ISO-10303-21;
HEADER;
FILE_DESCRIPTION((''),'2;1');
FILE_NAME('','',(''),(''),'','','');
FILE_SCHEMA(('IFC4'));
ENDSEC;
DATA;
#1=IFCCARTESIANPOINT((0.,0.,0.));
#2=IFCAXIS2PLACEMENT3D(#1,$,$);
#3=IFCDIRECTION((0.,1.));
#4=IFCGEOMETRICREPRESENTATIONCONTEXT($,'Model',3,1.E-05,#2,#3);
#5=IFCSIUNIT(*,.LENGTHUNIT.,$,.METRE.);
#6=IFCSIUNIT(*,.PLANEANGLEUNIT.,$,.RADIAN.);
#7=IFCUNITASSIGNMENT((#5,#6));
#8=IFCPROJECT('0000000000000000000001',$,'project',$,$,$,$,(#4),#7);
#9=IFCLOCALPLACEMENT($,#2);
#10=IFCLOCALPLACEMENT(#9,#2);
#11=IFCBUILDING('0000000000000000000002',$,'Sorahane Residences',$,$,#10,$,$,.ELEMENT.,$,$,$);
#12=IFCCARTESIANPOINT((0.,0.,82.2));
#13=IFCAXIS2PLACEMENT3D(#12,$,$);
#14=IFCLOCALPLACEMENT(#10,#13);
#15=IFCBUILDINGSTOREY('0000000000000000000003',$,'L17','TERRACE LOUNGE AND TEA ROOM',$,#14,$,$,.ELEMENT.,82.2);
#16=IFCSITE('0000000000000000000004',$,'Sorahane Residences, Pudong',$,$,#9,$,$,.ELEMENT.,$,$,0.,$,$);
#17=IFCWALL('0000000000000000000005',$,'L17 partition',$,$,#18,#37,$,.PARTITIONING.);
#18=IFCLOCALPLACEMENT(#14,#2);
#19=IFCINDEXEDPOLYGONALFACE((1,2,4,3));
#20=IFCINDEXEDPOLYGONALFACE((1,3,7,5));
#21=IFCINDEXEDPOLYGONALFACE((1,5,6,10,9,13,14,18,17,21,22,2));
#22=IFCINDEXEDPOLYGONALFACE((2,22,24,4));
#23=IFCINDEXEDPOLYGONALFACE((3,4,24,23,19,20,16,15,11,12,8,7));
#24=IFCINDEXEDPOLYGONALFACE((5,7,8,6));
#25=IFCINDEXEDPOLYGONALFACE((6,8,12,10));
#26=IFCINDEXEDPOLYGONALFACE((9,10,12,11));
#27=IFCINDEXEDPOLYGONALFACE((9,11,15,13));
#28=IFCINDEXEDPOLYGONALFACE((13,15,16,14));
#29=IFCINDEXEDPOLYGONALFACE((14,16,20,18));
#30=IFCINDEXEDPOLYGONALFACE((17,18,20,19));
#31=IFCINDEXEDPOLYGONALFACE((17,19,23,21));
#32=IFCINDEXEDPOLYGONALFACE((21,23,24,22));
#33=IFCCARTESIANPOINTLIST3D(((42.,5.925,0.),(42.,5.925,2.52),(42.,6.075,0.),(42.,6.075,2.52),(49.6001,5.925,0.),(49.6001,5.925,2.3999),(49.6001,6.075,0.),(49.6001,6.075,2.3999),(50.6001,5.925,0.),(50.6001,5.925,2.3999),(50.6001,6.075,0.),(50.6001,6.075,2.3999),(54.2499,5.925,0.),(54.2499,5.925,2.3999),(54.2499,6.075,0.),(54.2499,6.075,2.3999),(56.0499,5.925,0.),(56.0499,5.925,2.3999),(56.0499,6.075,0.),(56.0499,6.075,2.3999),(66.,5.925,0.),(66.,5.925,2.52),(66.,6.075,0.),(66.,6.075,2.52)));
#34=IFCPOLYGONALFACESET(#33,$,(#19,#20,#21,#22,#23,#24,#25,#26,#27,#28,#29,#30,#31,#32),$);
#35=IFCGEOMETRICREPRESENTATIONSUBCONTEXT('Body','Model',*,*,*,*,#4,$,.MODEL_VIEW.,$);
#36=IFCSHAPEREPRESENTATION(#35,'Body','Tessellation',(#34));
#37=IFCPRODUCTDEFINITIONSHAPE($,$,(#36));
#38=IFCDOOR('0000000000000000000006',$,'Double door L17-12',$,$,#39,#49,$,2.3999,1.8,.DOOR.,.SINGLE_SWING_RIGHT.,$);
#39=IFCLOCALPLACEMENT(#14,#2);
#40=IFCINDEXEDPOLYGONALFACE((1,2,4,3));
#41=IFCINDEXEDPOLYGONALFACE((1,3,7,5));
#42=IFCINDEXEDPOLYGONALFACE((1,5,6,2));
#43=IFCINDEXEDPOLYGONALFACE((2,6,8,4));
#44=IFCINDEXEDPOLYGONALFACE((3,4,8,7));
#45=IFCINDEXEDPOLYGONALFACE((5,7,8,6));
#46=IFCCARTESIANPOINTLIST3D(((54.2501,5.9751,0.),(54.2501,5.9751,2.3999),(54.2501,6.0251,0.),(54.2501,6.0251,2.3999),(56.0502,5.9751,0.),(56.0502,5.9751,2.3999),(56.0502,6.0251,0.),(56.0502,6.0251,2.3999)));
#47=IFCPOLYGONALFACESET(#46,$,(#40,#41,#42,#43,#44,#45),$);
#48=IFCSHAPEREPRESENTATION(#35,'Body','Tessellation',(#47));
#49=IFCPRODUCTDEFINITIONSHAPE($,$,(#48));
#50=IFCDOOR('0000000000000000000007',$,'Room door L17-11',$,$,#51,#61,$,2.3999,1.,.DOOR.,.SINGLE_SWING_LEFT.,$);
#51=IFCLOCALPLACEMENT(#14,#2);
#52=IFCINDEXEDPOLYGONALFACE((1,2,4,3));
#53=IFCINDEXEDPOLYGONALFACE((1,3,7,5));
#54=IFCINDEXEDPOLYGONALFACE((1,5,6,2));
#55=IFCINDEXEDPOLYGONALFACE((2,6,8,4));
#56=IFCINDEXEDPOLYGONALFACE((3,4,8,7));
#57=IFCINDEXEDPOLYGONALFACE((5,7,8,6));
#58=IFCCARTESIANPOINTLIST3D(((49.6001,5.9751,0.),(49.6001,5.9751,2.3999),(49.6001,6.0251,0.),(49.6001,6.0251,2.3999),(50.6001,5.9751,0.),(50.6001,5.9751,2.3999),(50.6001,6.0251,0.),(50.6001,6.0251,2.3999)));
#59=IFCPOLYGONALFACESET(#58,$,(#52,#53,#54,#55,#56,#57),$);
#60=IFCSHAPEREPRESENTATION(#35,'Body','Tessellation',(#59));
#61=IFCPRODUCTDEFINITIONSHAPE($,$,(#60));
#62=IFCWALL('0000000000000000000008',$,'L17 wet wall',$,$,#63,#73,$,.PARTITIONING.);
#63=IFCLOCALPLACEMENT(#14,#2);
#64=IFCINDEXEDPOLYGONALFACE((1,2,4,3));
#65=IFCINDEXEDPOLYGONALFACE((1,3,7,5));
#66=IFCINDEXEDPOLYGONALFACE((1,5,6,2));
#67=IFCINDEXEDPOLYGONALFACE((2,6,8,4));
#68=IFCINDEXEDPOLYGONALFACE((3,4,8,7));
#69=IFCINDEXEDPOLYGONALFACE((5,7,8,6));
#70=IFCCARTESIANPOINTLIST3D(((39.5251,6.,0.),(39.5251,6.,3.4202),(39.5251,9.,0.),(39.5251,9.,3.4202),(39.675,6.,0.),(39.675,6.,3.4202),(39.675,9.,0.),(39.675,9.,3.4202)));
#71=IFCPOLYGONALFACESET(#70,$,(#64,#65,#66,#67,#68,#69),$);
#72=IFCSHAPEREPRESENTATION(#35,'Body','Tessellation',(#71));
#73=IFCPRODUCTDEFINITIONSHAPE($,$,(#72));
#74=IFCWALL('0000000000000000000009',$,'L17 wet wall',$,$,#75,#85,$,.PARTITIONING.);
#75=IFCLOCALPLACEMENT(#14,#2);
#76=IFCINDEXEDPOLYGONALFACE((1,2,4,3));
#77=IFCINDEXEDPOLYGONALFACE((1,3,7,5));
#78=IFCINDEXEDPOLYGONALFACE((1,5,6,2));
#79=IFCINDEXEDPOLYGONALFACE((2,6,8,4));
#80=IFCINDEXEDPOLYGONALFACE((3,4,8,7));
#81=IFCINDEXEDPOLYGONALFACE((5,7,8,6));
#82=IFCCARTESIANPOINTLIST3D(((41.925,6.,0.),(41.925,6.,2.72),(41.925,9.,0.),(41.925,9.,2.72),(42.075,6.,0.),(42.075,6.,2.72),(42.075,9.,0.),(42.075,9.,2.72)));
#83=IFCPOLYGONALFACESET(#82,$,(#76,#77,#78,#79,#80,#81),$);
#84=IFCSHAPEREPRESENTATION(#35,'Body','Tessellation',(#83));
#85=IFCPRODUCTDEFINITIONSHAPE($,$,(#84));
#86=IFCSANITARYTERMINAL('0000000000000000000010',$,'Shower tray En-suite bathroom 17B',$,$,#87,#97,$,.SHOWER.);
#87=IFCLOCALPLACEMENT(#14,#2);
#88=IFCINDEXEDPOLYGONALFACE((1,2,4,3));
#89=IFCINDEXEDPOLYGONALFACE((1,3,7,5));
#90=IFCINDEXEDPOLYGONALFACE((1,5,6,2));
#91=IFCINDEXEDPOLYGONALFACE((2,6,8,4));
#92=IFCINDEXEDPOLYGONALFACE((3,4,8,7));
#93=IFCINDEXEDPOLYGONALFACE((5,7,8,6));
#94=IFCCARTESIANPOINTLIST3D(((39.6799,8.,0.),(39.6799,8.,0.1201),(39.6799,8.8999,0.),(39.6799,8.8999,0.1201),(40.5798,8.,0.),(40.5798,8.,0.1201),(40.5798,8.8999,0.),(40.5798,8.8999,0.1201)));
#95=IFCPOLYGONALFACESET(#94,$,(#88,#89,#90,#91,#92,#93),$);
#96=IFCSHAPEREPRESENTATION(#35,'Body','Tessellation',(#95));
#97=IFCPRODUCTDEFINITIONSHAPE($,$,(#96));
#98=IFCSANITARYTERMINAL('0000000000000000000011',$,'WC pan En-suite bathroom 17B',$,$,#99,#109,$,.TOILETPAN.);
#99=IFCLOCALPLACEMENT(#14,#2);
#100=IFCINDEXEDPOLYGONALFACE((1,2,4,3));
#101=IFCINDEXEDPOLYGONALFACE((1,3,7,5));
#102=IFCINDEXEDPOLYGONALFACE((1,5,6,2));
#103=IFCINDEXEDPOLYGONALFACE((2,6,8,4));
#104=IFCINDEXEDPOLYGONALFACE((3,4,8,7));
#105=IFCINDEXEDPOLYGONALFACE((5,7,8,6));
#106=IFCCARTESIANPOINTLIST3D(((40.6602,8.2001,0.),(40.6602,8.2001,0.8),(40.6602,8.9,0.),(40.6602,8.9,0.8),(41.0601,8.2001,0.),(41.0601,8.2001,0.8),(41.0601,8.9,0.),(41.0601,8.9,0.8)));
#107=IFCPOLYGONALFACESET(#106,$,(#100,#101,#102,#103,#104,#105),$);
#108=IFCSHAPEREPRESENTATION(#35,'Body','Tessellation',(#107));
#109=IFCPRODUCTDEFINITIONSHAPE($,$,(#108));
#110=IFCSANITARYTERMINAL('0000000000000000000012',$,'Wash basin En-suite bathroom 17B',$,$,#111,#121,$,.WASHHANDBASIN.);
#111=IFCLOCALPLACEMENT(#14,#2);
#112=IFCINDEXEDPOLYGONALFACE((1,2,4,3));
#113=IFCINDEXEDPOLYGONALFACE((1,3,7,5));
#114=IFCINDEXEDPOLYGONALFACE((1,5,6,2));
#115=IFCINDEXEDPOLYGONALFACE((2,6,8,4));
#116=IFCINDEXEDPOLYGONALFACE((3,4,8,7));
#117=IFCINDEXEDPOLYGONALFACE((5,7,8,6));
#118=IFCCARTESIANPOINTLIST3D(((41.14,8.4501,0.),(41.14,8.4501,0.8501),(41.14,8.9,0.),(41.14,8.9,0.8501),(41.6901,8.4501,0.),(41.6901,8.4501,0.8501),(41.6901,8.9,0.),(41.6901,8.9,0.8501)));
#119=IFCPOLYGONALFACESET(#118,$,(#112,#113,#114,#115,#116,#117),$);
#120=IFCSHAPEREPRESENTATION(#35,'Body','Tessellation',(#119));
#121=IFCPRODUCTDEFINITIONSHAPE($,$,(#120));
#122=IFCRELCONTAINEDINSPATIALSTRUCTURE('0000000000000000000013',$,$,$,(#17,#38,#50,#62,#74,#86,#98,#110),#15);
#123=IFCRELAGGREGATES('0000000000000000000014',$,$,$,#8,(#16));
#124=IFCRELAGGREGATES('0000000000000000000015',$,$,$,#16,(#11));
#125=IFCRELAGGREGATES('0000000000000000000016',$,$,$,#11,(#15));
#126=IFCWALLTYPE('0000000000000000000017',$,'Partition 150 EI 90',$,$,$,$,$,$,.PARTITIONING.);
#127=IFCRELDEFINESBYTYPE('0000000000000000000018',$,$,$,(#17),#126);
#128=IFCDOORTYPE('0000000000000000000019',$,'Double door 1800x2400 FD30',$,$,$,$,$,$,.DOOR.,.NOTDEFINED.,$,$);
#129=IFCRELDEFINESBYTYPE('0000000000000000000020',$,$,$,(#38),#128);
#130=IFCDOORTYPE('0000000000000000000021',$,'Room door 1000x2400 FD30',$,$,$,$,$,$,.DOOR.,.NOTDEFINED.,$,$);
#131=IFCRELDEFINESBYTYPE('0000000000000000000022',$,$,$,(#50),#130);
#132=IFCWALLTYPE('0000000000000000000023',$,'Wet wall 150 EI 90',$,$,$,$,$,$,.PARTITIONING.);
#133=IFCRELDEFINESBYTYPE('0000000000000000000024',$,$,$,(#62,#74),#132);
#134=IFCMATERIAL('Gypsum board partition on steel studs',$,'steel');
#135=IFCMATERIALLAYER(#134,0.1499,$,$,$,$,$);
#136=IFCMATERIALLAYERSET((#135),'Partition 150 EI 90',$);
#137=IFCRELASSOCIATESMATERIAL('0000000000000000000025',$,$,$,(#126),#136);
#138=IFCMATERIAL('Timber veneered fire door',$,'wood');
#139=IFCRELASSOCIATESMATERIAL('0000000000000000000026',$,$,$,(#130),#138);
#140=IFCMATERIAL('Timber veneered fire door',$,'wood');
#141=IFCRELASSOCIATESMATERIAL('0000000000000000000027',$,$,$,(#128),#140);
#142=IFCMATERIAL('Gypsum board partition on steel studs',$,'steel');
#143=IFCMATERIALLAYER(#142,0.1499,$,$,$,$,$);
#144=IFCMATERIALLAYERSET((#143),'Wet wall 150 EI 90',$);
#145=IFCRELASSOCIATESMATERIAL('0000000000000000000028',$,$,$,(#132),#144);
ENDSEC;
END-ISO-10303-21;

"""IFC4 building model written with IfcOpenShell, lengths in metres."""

from ifc_helpers import new_model, si_unit, direction, frame, frame_2d, origin, origin_2d, place, context, subcontext, project, spatial, rectangle, extrude, material, layer, layer_set, type_object, element, fill, save


model = new_model("IFC4")

# Units and contexts
model_context = context("Model", 3, precision=1e-05, world=origin(), true_north=direction((0.0, 1.0)))
body_context = subcontext(model_context, "Body", "Model", "MODEL_VIEW")
ifc_project = project(units=[si_unit("LENGTHUNIT", "METRE"), si_unit("PLANEANGLEUNIT", "RADIAN")], contexts=[model_context])

# Site, building, storey
site_placement = place(None, origin())
site = spatial("IfcSite", under=ifc_project, at=site_placement, Name="Sorahane Residences, Pudong", CompositionType="ELEMENT", RefElevation=0.0)
building_placement = place(site_placement, origin())
building = spatial("IfcBuilding", under=site, at=building_placement, Name="Sorahane Residences", CompositionType="ELEMENT")
storey_placement = place(building_placement, frame((0.0, 0.0, 82.2)))
storey = spatial("IfcBuildingStorey", under=building, at=storey_placement, Name="L17", Description="TERRACE LOUNGE AND TEA ROOM", CompositionType="ELEMENT", Elevation=82.2)

# Shared definitions
ifc_material_1 = material(Name="Gypsum board partition on steel studs", Category="steel")
ifc_layer_1 = layer(ifc_material_1, 0.1499)
ifc_layer_set_1 = layer_set([ifc_layer_1], Name="Partition 150 EI 90")
wall_type_1 = type_object("IfcWallType", Name="Partition 150 EI 90", PredefinedType="PARTITIONING", material=ifc_layer_set_1)

# Shared definitions
ifc_material_2 = material(Name="Timber veneered fire door", Category="wood")
door_type_1 = type_object("IfcDoorType", Name="Room door 1000x2400 FD30", OperationType="NOTDEFINED", PredefinedType="DOOR", material=ifc_material_2)

# Wall, openings, doors
wall_1_placement = place(storey_placement, frame((42.0, 6.0, 0.0), z_axis=(0.0, 0.0, 1.0), x_axis=(1.0, 0.0, 0.0)))
wall_1 = element("IfcWall", 1, at=wall_1_placement, inside=storey, type_object=wall_type_1, Name="L17 partition", PredefinedType="PARTITIONING", context=body_context, shape_type="SweptSolid", body=[
    extrude(rectangle(XDim=24.0, YDim=0.1499, at=frame_2d((12.0, 0.0))), origin(), (0.0, 0.0, 1.0), 2.52),
])
opening_1_placement = place(wall_1_placement, frame((7.6001, 0.0, 0.0)))
opening_1 = element("IfcOpeningElement", 2, at=opening_1_placement, cuts=wall_1, PredefinedType="OPENING", context=body_context, shape_type="SweptSolid", body=[
    extrude(rectangle(XDim=1.0, YDim=2.3999, at=frame_2d((0.5, 1.2))), frame((0.0, 0.085, 0.0), z_axis=(0.0, -1.0, 0.0), x_axis=(1.0, 0.0, 0.0)), (0.0, 0.0, 1.0), 0.1699),
])
opening_2_placement = place(wall_1_placement, frame((12.25, 0.0, 0.0)))
opening_2 = element("IfcOpeningElement", 3, at=opening_2_placement, cuts=wall_1, PredefinedType="OPENING", context=body_context, shape_type="SweptSolid", body=[
    extrude(rectangle(XDim=1.8, YDim=2.3999, at=frame_2d((0.8999, 1.2))), frame((0.0, 0.085, 0.0), z_axis=(0.0, -1.0, 0.0), x_axis=(1.0, 0.0, 0.0)), (0.0, 0.0, 1.0), 0.1699),
])
ifc_material_3 = material(Name="Timber veneered fire door", Category="wood")
door_type_2 = type_object("IfcDoorType", Name="Double door 1800x2400 FD30", OperationType="NOTDEFINED", PredefinedType="DOOR", material=ifc_material_3)
door_1_placement = place(opening_2_placement, frame((1.8, 0.0, 0.0), z_axis=(0.0, 0.0, 1.0), x_axis=(-1.0, 0.0, 0.0)))
door_1 = element("IfcDoor", 4, at=door_1_placement, inside=storey, type_object=door_type_2, Name="Double door L17-12", OperationType="SINGLE_SWING_RIGHT", OverallHeight=2.3999, OverallWidth=1.8, PredefinedType="DOOR", context=body_context, shape_type="SweptSolid", body=[
    extrude(rectangle(XDim=1.8, YDim=2.3999, at=frame_2d((0.8999, 1.2))), frame((0.0, 0.0249, 0.0), z_axis=(0.0, -1.0, 0.0), x_axis=(1.0, 0.0, 0.0)), (0.0, 0.0, 1.0), 0.05),
])
fill(opening_2, door_1)
door_2_placement = place(opening_1_placement, frame((1.0, 0.0, 0.0), z_axis=(0.0, 0.0, 1.0), x_axis=(-1.0, 0.0, 0.0)))
door_2 = element("IfcDoor", 5, at=door_2_placement, inside=storey, type_object=door_type_1, Name="Room door L17-11", OperationType="SINGLE_SWING_LEFT", OverallHeight=2.3999, OverallWidth=1.0, PredefinedType="DOOR", context=body_context, shape_type="SweptSolid", body=[
    extrude(rectangle(XDim=1.0, YDim=2.3999, at=frame_2d((0.5, 1.2))), frame((0.0, 0.0249, 0.0), z_axis=(0.0, -1.0, 0.0), x_axis=(1.0, 0.0, 0.0)), (0.0, 0.0, 1.0), 0.05),
])
fill(opening_1, door_2)

# Walls
ifc_material_4 = material(Name="Gypsum board partition on steel studs", Category="steel")
ifc_layer_2 = layer(ifc_material_4, 0.1499)
ifc_layer_set_2 = layer_set([ifc_layer_2], Name="Wet wall 150 EI 90")
wall_type_2 = type_object("IfcWallType", Name="Wet wall 150 EI 90", PredefinedType="PARTITIONING", material=ifc_layer_set_2)
wall_2_placement = place(storey_placement, frame((39.6001, 6.0, 0.0), z_axis=(0.0, 0.0, 1.0), x_axis=(0.0, 1.0, 0.0)))
element("IfcWall", 6, at=wall_2_placement, inside=storey, type_object=wall_type_2, Name="L17 wet wall", PredefinedType="PARTITIONING", context=body_context, shape_type="SweptSolid", body=[
    extrude(rectangle(XDim=3.0, YDim=0.1499, at=frame_2d((1.5, 0.0))), origin(), (0.0, 0.0, 1.0), 3.4202),
])
wall_3_placement = place(storey_placement, frame((42.0, 6.0, 0.0), z_axis=(0.0, 0.0, 1.0), x_axis=(0.0, 1.0, 0.0)))
element("IfcWall", 7, at=wall_3_placement, inside=storey, type_object=wall_type_2, Name="L17 wet wall", PredefinedType="PARTITIONING", context=body_context, shape_type="SweptSolid", body=[
    extrude(rectangle(XDim=3.0, YDim=0.1499, at=frame_2d((1.5, 0.0))), origin(), (0.0, 0.0, 1.0), 2.72),
])

# Sanitary terminals
sanitary_terminal_1_placement = place(storey_placement, frame((40.1299, 8.45, 0.0), z_axis=(0.0, 0.0, 1.0), x_axis=(1.0, 0.0, 0.0)))
element("IfcSanitaryTerminal", 8, at=sanitary_terminal_1_placement, inside=storey, Name="Shower tray En-suite bathroom 17B", PredefinedType="SHOWER", context=body_context, shape_type="SweptSolid", body=[
    extrude(rectangle(XDim=0.8999, YDim=0.8999, at=origin_2d()), origin(), (0.0, 0.0, 1.0), 0.1201),
])
sanitary_terminal_2_placement = place(storey_placement, frame((40.8601, 8.55, 0.0), z_axis=(0.0, 0.0, 1.0), x_axis=(1.0, 0.0, 0.0)))
element("IfcSanitaryTerminal", 9, at=sanitary_terminal_2_placement, inside=storey, Name="WC pan En-suite bathroom 17B", PredefinedType="TOILETPAN", context=body_context, shape_type="SweptSolid", body=[
    extrude(rectangle(XDim=0.3999, YDim=0.7, at=origin_2d()), origin(), (0.0, 0.0, 1.0), 0.8),
])
sanitary_terminal_3_placement = place(storey_placement, frame((41.415, 8.675, 0.0), z_axis=(0.0, 0.0, 1.0), x_axis=(1.0, 0.0, 0.0)))
element("IfcSanitaryTerminal", 10, at=sanitary_terminal_3_placement, inside=storey, Name="Wash basin En-suite bathroom 17B", PredefinedType="WASHHANDBASIN", context=body_context, shape_type="SweptSolid", body=[
    extrude(rectangle(XDim=0.55, YDim=0.45, at=origin_2d()), origin(), (0.0, 0.0, 1.0), 0.8501),
])

save(model, "model.ifc")
